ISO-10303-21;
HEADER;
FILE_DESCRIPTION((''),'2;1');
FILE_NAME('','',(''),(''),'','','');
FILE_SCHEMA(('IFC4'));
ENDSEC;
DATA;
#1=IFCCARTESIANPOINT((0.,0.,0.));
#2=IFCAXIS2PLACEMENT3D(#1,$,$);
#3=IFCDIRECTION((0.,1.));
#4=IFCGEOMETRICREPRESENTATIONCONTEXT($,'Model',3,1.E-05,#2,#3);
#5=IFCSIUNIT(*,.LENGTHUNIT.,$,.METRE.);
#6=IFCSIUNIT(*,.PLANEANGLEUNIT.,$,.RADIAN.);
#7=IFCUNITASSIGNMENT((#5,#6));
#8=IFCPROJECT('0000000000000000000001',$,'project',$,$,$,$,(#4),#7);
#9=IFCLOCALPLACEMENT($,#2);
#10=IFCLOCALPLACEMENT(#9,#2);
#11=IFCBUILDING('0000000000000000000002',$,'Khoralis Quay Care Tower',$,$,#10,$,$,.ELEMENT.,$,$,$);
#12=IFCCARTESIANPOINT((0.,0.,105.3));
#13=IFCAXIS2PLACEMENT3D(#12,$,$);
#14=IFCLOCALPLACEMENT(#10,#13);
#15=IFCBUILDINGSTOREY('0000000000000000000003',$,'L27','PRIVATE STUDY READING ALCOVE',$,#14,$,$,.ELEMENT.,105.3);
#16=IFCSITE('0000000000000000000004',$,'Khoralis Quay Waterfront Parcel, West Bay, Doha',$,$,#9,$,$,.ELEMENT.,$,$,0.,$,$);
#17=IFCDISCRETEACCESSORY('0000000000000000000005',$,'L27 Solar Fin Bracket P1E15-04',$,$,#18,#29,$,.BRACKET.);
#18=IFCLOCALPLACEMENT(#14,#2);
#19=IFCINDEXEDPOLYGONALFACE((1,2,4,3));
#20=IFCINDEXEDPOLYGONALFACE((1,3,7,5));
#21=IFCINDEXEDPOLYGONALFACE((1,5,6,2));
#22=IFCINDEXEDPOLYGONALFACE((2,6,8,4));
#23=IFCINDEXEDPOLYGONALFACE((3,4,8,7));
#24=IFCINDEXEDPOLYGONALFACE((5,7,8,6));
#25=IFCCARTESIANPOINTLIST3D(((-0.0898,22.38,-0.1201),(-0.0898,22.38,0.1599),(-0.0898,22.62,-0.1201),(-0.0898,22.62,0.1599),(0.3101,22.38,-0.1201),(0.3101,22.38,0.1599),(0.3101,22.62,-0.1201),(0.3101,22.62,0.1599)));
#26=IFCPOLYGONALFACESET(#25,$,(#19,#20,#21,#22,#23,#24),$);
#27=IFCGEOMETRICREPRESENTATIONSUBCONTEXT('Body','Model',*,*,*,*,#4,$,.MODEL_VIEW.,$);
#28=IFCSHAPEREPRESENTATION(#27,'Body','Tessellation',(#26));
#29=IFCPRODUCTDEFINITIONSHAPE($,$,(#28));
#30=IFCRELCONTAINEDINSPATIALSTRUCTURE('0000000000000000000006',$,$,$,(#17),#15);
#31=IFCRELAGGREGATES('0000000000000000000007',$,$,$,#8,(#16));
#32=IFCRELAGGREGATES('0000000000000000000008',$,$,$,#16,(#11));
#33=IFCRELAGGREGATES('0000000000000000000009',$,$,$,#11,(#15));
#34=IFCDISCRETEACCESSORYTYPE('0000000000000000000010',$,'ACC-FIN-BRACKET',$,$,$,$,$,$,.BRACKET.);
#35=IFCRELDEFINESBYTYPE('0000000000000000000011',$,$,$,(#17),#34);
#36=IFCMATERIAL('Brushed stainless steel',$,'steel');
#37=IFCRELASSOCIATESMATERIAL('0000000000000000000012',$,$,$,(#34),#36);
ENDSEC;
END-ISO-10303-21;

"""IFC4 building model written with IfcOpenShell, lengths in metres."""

from ifc_helpers import new_model, si_unit, direction, frame, origin, origin_2d, place, context, subcontext, project, spatial, rectangle, extrude, source, transform, mapped, material, type_object, element, save


model = new_model("IFC4")

# Units and contexts
model_context = context("Model", 3, precision=1e-05, world=origin(), true_north=direction((0.0, 1.0)))
body_context = subcontext(model_context, "Body", "Model", "MODEL_VIEW")
ifc_project = project(units=[si_unit("LENGTHUNIT", "METRE"), si_unit("PLANEANGLEUNIT", "RADIAN")], contexts=[model_context])

# Site, building, storey
site_placement = place(None, origin())
site = spatial("IfcSite", under=ifc_project, at=site_placement, Name="Khoralis Quay Waterfront Parcel, West Bay, Doha", CompositionType="ELEMENT", RefElevation=0.0)
building_placement = place(site_placement, origin())
building = spatial("IfcBuilding", under=site, at=building_placement, Name="Khoralis Quay Care Tower", CompositionType="ELEMENT")
storey_placement = place(building_placement, frame((0.0, 0.0, 105.3)))
storey = spatial("IfcBuildingStorey", under=building, at=storey_placement, Name="L27", Description="PRIVATE STUDY READING ALCOVE", CompositionType="ELEMENT", Elevation=105.3)

# Discrete accessory
ifc_material_1 = material(Name="Brushed stainless steel", Category="steel")
discrete_accessory_type = type_object("IfcDiscreteAccessoryType", Name="ACC-FIN-BRACKET", PredefinedType="BRACKET", material=ifc_material_1)
shared_shape_1 = source(origin(), body_context, "Body", "SweptSolid", [
    extrude(rectangle(XDim=0.3999, YDim=0.24, at=origin_2d()), origin(), (0.0, 0.0, 1.0), 0.28),
])
for number, where, z_axis, x_axis, name in (
    (1, (0.1101, 22.5, -0.1201), (0.0, 0.0, 1.0), (-1.0, 0.0, 0.0), "L27 Solar Fin Bracket P1E15-04"),
):
    element("IfcDiscreteAccessory", number, at=place(storey_placement, frame(where, z_axis=z_axis, x_axis=x_axis)), inside=storey, type_object=discrete_accessory_type, Name=name, PredefinedType="BRACKET", context=body_context, shape_type="MappedRepresentation", body=[
        mapped(shared_shape_1, transform((0.0, 0.0, 0.0), scale=1.0)),
    ])

save(model, "model.ifc")
